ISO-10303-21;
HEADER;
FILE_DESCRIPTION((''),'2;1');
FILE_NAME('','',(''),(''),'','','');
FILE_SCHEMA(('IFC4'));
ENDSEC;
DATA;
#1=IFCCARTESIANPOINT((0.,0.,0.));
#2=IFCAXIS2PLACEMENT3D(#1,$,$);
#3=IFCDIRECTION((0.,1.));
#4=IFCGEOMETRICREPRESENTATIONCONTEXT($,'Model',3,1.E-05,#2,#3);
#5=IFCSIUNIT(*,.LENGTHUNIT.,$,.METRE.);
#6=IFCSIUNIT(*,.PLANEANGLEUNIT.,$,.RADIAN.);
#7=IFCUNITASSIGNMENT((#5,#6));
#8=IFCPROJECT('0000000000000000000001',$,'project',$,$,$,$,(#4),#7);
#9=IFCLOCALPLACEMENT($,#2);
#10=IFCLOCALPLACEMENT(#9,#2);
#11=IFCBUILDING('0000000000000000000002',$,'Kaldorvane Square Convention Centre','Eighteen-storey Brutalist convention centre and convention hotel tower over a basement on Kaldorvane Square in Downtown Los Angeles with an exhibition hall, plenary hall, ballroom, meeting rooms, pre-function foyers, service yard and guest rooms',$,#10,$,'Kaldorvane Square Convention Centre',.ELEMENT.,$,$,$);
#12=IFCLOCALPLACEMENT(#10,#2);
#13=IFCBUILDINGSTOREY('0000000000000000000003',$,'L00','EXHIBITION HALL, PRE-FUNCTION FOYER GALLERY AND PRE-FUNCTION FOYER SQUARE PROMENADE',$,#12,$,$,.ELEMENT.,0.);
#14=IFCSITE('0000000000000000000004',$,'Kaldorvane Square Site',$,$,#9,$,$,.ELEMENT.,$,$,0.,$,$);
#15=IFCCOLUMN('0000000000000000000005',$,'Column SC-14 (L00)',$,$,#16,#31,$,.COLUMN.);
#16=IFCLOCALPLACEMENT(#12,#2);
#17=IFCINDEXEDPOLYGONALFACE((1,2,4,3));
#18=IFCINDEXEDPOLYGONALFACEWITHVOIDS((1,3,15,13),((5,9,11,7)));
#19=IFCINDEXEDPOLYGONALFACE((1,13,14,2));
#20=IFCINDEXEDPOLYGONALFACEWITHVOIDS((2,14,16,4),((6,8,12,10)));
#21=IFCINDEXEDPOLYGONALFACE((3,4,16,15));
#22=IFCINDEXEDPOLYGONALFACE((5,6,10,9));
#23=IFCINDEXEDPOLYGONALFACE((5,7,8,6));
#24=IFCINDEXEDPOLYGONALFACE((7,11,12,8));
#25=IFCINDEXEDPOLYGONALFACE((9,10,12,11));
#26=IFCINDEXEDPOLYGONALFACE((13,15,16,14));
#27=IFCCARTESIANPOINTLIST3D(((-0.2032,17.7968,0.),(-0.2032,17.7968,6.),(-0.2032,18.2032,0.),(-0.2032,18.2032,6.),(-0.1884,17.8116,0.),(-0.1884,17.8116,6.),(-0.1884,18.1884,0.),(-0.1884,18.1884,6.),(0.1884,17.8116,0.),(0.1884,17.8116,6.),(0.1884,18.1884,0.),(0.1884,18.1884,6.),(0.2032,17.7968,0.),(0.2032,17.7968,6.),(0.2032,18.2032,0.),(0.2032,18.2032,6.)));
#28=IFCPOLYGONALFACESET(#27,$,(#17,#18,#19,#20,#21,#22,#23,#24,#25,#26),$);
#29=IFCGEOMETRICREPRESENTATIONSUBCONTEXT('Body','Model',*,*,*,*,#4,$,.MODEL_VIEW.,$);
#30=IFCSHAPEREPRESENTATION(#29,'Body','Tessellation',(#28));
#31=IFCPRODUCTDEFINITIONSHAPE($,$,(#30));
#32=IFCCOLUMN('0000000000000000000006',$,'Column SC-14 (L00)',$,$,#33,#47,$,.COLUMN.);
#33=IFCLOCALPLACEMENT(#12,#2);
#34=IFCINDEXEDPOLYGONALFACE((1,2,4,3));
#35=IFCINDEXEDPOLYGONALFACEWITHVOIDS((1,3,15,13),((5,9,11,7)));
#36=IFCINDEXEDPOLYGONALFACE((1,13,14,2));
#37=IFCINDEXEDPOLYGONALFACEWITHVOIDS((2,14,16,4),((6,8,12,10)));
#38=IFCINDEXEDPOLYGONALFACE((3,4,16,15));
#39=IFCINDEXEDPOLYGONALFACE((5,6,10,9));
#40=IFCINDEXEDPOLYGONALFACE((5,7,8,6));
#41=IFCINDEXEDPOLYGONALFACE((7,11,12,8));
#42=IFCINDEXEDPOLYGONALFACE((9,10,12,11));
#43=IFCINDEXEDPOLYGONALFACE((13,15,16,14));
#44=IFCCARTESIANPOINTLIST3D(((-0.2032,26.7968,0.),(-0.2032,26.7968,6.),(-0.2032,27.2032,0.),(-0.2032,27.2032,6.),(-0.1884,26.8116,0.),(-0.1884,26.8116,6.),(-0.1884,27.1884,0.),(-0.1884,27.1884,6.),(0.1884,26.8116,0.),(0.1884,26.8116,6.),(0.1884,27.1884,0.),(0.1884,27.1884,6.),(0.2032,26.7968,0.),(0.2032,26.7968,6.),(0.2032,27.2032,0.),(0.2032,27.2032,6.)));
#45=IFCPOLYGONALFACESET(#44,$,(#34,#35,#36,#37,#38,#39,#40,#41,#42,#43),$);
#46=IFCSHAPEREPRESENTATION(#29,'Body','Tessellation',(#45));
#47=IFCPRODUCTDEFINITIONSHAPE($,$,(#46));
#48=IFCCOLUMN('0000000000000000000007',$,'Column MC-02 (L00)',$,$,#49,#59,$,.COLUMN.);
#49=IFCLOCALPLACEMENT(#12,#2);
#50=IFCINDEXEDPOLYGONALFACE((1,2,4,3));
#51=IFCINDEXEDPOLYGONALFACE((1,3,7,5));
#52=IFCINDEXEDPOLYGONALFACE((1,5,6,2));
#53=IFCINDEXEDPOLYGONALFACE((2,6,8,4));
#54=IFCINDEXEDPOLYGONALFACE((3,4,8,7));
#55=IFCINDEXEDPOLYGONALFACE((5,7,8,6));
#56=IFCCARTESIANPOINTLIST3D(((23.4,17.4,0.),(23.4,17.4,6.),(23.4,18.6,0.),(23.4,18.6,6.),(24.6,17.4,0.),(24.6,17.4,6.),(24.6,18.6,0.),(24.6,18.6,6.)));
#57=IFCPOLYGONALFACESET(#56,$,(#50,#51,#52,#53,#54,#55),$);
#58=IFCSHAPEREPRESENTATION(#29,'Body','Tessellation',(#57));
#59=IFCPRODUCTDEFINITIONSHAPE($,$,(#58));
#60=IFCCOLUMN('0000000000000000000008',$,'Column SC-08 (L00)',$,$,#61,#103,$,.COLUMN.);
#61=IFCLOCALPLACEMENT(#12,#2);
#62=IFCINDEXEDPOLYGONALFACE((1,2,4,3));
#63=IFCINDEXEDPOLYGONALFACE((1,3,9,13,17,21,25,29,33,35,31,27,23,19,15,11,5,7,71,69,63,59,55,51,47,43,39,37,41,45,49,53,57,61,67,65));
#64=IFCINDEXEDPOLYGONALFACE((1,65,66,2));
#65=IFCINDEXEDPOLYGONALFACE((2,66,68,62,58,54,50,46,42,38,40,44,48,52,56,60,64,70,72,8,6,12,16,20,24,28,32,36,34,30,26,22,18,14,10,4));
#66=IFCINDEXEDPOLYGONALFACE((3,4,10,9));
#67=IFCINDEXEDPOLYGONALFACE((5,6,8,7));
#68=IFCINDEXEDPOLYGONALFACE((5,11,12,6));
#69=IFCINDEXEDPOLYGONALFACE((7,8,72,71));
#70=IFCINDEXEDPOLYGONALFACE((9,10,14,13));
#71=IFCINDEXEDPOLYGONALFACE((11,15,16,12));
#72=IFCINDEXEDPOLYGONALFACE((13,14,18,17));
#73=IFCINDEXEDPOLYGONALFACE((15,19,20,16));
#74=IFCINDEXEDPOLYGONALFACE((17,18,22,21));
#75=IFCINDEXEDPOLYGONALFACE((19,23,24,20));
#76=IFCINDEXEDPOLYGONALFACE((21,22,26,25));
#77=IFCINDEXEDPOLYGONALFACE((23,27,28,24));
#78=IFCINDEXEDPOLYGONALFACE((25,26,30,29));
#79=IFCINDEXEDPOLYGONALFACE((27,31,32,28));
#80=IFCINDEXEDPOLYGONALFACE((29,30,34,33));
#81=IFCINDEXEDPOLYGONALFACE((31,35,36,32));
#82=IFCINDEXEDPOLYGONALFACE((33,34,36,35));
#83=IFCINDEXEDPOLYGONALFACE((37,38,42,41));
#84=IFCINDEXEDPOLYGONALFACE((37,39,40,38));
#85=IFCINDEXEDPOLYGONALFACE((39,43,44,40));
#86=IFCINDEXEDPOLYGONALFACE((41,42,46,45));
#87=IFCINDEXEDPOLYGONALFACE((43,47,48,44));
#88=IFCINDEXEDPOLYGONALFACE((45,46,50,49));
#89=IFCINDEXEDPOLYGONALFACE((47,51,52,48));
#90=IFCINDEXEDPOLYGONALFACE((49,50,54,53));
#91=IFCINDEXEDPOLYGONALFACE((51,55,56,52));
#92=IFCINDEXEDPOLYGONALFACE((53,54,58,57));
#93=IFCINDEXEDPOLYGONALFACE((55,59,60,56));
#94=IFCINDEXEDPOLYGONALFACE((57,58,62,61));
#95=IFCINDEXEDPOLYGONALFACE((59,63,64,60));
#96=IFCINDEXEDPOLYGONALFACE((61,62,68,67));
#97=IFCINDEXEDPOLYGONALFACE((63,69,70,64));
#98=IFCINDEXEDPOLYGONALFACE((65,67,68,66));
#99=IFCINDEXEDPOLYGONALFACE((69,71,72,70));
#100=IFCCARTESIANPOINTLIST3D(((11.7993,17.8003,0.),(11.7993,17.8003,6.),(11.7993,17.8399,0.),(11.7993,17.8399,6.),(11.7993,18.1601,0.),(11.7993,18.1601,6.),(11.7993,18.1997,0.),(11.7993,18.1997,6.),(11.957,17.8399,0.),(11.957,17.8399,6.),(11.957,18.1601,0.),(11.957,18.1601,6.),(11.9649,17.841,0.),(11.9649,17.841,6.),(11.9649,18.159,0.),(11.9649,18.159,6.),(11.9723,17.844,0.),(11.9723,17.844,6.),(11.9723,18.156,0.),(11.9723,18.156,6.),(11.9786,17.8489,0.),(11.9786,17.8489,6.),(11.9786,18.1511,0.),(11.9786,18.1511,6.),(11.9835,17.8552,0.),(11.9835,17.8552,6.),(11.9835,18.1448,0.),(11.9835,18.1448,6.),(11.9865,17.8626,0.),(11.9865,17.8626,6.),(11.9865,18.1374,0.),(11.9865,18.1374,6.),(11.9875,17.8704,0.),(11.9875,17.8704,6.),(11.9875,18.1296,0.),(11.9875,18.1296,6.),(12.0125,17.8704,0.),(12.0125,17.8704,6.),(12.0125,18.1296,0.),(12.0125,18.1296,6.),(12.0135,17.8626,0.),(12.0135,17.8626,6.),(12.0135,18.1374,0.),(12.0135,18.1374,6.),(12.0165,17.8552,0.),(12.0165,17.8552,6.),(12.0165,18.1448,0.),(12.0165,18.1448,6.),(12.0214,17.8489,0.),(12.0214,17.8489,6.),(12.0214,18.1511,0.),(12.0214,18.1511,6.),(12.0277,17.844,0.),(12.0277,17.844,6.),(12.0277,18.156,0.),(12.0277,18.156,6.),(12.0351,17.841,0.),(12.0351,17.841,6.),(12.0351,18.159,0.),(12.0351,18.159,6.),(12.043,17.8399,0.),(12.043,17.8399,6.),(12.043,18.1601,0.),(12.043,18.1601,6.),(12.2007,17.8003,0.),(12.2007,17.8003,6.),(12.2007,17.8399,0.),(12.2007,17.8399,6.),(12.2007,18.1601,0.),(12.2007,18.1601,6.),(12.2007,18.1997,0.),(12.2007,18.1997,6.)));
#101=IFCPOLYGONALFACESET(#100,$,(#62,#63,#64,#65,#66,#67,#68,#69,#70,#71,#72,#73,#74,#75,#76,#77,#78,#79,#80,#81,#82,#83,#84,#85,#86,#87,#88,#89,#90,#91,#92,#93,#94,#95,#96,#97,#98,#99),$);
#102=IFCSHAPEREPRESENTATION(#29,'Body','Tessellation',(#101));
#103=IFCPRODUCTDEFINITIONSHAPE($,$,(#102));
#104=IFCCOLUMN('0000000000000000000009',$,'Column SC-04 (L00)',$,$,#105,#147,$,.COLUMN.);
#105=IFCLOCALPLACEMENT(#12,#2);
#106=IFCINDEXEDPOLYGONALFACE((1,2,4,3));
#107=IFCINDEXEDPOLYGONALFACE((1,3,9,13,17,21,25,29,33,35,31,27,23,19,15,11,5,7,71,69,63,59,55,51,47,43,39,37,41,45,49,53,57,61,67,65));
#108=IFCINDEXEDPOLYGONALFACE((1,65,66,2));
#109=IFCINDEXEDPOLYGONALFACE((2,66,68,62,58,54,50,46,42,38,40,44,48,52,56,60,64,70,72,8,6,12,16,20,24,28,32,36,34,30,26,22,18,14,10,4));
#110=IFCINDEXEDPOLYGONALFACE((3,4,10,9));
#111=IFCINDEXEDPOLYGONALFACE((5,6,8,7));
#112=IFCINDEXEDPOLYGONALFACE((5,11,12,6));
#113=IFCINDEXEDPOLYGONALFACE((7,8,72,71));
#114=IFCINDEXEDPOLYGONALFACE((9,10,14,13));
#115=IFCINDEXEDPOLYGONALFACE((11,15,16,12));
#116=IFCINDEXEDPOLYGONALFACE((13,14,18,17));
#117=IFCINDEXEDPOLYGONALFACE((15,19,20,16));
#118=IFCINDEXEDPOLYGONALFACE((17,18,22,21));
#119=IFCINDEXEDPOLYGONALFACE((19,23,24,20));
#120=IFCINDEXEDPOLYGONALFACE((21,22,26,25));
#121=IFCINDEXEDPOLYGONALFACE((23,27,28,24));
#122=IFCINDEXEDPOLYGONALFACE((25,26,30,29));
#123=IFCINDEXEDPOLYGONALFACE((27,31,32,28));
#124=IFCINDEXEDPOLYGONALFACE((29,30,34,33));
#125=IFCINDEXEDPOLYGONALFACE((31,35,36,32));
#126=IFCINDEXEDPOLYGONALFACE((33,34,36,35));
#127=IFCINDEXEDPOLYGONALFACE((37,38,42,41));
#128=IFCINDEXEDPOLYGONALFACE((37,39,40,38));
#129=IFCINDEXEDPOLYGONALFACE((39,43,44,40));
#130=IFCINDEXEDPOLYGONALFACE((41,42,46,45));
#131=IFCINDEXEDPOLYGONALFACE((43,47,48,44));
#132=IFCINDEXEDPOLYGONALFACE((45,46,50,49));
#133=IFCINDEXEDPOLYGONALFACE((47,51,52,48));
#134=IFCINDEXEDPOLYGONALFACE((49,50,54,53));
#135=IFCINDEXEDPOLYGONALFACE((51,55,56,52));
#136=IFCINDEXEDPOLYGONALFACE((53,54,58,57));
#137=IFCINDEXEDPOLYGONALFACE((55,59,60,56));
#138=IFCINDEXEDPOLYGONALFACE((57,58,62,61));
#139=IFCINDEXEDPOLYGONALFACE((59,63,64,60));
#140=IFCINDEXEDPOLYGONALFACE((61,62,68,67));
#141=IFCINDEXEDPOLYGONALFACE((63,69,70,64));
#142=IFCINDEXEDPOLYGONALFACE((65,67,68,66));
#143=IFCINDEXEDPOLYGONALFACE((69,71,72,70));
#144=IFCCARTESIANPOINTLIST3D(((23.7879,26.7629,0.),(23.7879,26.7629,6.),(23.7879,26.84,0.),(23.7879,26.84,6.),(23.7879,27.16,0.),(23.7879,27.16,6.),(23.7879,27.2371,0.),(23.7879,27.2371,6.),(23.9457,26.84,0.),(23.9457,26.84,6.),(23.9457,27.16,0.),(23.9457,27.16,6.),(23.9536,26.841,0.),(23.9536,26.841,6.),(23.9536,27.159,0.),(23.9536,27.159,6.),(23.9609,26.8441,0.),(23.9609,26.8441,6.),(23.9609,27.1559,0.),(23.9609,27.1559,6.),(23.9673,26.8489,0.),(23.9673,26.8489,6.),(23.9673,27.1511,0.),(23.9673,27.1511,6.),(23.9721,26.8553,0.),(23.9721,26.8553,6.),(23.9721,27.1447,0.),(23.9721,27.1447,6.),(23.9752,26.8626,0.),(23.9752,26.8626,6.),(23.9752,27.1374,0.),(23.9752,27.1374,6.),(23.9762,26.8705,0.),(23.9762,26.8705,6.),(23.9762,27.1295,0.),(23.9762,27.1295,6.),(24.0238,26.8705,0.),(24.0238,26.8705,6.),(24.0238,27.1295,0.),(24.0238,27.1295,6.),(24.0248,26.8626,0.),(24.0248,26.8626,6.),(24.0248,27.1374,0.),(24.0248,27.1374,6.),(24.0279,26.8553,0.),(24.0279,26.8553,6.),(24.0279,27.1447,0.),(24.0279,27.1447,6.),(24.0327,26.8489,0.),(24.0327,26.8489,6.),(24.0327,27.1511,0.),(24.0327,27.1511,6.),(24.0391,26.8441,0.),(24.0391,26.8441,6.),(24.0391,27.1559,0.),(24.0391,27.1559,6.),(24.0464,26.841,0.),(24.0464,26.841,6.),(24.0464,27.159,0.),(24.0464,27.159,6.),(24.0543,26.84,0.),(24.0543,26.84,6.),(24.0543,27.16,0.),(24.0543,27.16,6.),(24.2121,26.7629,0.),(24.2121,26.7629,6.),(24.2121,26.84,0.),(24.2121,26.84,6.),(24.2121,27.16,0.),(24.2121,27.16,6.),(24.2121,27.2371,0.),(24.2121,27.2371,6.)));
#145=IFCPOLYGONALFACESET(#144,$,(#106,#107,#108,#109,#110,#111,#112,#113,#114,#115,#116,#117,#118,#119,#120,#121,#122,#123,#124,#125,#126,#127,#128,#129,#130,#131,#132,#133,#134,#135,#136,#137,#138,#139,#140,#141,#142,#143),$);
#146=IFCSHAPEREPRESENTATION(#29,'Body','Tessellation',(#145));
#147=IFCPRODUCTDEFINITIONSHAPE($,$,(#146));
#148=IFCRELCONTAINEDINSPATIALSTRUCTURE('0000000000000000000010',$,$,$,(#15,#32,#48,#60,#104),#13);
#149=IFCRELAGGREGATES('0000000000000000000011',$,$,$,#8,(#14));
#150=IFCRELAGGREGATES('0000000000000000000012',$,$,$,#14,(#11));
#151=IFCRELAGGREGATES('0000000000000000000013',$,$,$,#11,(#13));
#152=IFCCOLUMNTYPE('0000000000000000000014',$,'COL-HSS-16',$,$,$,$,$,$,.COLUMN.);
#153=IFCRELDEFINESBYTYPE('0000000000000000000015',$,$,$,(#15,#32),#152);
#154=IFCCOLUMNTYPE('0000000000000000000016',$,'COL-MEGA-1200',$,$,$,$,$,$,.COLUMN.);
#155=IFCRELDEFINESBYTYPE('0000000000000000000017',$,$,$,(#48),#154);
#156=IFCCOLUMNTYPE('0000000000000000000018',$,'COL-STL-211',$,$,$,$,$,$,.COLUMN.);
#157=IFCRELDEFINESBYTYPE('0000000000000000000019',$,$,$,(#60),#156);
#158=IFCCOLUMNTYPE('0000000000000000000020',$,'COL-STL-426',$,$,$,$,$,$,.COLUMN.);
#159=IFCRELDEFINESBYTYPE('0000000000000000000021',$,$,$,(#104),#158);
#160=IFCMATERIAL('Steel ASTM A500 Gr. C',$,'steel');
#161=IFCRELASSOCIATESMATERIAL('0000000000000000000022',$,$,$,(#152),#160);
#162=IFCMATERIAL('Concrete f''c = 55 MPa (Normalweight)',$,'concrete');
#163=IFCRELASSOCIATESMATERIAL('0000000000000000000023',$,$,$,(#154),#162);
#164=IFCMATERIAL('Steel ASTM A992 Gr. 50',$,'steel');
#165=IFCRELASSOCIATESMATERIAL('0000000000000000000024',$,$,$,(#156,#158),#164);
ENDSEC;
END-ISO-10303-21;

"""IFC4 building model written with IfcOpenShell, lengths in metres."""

from ifc_helpers import new_model, si_unit, direction, frame, origin, origin_2d, place, context, subcontext, project, spatial, rectangle, hollow_rectangle, i_section, extrude, material, material_profile, profile_set, type_object, element, save


model = new_model("IFC4")

# Units and contexts
model_context = context("Model", 3, precision=1e-05, world=origin(), true_north=direction((0.0, 1.0)))
body_context = subcontext(model_context, "Body", "Model", "MODEL_VIEW")
ifc_project = project(units=[si_unit("LENGTHUNIT", "METRE"), si_unit("PLANEANGLEUNIT", "RADIAN")], contexts=[model_context])

# Site, building, storey
site_placement = place(None, origin())
site = spatial("IfcSite", under=ifc_project, at=site_placement, Name="Kaldorvane Square Site", CompositionType="ELEMENT", RefElevation=0.0)
building_placement = place(site_placement, origin())
building = spatial("IfcBuilding", under=site, at=building_placement, Name="Kaldorvane Square Convention Centre", Description="Eighteen-storey Brutalist convention centre and convention hotel tower over a basement on Kaldorvane Square in Downtown Los Angeles with an exhibition hall, plenary hall, ballroom, meeting rooms, pre-function foyers, service yard and guest rooms", LongName="Kaldorvane Square Convention Centre", CompositionType="ELEMENT")
storey_placement = place(building_placement, origin())
storey = spatial("IfcBuildingStorey", under=building, at=storey_placement, Name="L00", Description="EXHIBITION HALL, PRE-FUNCTION FOYER GALLERY AND PRE-FUNCTION FOYER SQUARE PROMENADE", CompositionType="ELEMENT", Elevation=0.0)

# Columns
ifc_material_1 = material(Name="Steel ASTM A500 Gr. C", Category="steel")
ifc_material_profile_1 = material_profile(ifc_material_1, hollow_rectangle(XDim=0.4064, YDim=0.4064, WallThickness=0.0148, at=origin_2d()), Name="HSS16X16X5/8")
ifc_profile_set_1 = profile_set([ifc_material_profile_1], Name="Steel ASTM A500 Gr. C")
column_type_1 = type_object("IfcColumnType", Name="COL-HSS-16", PredefinedType="COLUMN", material=ifc_profile_set_1)
for number, where, z_axis, x_axis, name in (
    (1, (0.0, 18.0, 0.0), (0.0, 0.0, 1.0), (1.0, 0.0, 0.0), "Column SC-14 (L00)"),
    (2, (0.0, 27.0, 0.0), (0.0, 0.0, 1.0), (1.0, 0.0, 0.0), "Column SC-14 (L00)"),
):
    element("IfcColumn", number, at=place(storey_placement, frame(where, z_axis=z_axis, x_axis=x_axis)), inside=storey, type_object=column_type_1, Name=name, PredefinedType="COLUMN", context=body_context, shape_type="SweptSolid", body=[
        extrude(hollow_rectangle(XDim=0.4064, YDim=0.4064, WallThickness=0.0148, at=origin_2d()), origin(), (0.0, 0.0, 1.0), 6.0),
    ])
ifc_material_2 = material(Name="Concrete f'c = 55 MPa (Normalweight)", Category="concrete")
ifc_material_profile_2 = material_profile(ifc_material_2, rectangle(XDim=1.2, YDim=1.2, at=origin_2d()), Name="RC1200X1200")
ifc_profile_set_2 = profile_set([ifc_material_profile_2], Name="Concrete f'c = 55 MPa (Normalweight)")
column_type_2 = type_object("IfcColumnType", Name="COL-MEGA-1200", PredefinedType="COLUMN", material=ifc_profile_set_2)
column_1_placement = place(storey_placement, frame((24.0, 18.0, 0.0), z_axis=(0.0, 0.0, 1.0), x_axis=(1.0, 0.0, 0.0)))
element("IfcColumn", 3, at=column_1_placement, inside=storey, type_object=column_type_2, Name="Column MC-02 (L00)", PredefinedType="COLUMN", context=body_context, shape_type="SweptSolid", body=[
    extrude(rectangle(XDim=1.2, YDim=1.2, at=origin_2d()), origin(), (0.0, 0.0, 1.0), 6.0),
])
ifc_material_3 = material(Name="Steel ASTM A992 Gr. 50", Category="steel")
ifc_material_profile_3 = material_profile(ifc_material_3, i_section(OverallWidth=0.4013, OverallDepth=0.3993, WebThickness=0.0249, FlangeThickness=0.0396, FilletRadius=0.0305, at=origin_2d()), Name="W14X211")
ifc_profile_set_3 = profile_set([ifc_material_profile_3], Name="Steel ASTM A992 Gr. 50")
column_type_3 = type_object("IfcColumnType", Name="COL-STL-211", PredefinedType="COLUMN", material=ifc_profile_set_3)
column_2_placement = place(storey_placement, frame((12.0, 18.0, 0.0), z_axis=(0.0, 0.0, 1.0), x_axis=(1.0, 0.0, 0.0)))
element("IfcColumn", 4, at=column_2_placement, inside=storey, type_object=column_type_3, Name="Column SC-08 (L00)", PredefinedType="COLUMN", context=body_context, shape_type="SweptSolid", body=[
    extrude(i_section(OverallWidth=0.4013, OverallDepth=0.3993, WebThickness=0.0249, FlangeThickness=0.0396, FilletRadius=0.0305, at=origin_2d()), origin(), (0.0, 0.0, 1.0), 6.0),
])
ifc_material_profile_4 = material_profile(ifc_material_3, i_section(OverallWidth=0.4241, OverallDepth=0.4742, WebThickness=0.0476, FlangeThickness=0.0771, FilletRadius=0.0305, at=origin_2d()), Name="W14X426")
ifc_profile_set_4 = profile_set([ifc_material_profile_4], Name="Steel ASTM A992 Gr. 50")
column_type_4 = type_object("IfcColumnType", Name="COL-STL-426", PredefinedType="COLUMN", material=ifc_profile_set_4)
column_3_placement = place(storey_placement, frame((24.0, 27.0, 0.0), z_axis=(0.0, 0.0, 1.0), x_axis=(1.0, 0.0, 0.0)))
element("IfcColumn", 5, at=column_3_placement, inside=storey, type_object=column_type_4, Name="Column SC-04 (L00)", PredefinedType="COLUMN", context=body_context, shape_type="SweptSolid", body=[
    extrude(i_section(OverallWidth=0.4241, OverallDepth=0.4742, WebThickness=0.0476, FlangeThickness=0.0771, FilletRadius=0.0305, at=origin_2d()), origin(), (0.0, 0.0, 1.0), 6.0),
])

save(model, "model.ifc")
